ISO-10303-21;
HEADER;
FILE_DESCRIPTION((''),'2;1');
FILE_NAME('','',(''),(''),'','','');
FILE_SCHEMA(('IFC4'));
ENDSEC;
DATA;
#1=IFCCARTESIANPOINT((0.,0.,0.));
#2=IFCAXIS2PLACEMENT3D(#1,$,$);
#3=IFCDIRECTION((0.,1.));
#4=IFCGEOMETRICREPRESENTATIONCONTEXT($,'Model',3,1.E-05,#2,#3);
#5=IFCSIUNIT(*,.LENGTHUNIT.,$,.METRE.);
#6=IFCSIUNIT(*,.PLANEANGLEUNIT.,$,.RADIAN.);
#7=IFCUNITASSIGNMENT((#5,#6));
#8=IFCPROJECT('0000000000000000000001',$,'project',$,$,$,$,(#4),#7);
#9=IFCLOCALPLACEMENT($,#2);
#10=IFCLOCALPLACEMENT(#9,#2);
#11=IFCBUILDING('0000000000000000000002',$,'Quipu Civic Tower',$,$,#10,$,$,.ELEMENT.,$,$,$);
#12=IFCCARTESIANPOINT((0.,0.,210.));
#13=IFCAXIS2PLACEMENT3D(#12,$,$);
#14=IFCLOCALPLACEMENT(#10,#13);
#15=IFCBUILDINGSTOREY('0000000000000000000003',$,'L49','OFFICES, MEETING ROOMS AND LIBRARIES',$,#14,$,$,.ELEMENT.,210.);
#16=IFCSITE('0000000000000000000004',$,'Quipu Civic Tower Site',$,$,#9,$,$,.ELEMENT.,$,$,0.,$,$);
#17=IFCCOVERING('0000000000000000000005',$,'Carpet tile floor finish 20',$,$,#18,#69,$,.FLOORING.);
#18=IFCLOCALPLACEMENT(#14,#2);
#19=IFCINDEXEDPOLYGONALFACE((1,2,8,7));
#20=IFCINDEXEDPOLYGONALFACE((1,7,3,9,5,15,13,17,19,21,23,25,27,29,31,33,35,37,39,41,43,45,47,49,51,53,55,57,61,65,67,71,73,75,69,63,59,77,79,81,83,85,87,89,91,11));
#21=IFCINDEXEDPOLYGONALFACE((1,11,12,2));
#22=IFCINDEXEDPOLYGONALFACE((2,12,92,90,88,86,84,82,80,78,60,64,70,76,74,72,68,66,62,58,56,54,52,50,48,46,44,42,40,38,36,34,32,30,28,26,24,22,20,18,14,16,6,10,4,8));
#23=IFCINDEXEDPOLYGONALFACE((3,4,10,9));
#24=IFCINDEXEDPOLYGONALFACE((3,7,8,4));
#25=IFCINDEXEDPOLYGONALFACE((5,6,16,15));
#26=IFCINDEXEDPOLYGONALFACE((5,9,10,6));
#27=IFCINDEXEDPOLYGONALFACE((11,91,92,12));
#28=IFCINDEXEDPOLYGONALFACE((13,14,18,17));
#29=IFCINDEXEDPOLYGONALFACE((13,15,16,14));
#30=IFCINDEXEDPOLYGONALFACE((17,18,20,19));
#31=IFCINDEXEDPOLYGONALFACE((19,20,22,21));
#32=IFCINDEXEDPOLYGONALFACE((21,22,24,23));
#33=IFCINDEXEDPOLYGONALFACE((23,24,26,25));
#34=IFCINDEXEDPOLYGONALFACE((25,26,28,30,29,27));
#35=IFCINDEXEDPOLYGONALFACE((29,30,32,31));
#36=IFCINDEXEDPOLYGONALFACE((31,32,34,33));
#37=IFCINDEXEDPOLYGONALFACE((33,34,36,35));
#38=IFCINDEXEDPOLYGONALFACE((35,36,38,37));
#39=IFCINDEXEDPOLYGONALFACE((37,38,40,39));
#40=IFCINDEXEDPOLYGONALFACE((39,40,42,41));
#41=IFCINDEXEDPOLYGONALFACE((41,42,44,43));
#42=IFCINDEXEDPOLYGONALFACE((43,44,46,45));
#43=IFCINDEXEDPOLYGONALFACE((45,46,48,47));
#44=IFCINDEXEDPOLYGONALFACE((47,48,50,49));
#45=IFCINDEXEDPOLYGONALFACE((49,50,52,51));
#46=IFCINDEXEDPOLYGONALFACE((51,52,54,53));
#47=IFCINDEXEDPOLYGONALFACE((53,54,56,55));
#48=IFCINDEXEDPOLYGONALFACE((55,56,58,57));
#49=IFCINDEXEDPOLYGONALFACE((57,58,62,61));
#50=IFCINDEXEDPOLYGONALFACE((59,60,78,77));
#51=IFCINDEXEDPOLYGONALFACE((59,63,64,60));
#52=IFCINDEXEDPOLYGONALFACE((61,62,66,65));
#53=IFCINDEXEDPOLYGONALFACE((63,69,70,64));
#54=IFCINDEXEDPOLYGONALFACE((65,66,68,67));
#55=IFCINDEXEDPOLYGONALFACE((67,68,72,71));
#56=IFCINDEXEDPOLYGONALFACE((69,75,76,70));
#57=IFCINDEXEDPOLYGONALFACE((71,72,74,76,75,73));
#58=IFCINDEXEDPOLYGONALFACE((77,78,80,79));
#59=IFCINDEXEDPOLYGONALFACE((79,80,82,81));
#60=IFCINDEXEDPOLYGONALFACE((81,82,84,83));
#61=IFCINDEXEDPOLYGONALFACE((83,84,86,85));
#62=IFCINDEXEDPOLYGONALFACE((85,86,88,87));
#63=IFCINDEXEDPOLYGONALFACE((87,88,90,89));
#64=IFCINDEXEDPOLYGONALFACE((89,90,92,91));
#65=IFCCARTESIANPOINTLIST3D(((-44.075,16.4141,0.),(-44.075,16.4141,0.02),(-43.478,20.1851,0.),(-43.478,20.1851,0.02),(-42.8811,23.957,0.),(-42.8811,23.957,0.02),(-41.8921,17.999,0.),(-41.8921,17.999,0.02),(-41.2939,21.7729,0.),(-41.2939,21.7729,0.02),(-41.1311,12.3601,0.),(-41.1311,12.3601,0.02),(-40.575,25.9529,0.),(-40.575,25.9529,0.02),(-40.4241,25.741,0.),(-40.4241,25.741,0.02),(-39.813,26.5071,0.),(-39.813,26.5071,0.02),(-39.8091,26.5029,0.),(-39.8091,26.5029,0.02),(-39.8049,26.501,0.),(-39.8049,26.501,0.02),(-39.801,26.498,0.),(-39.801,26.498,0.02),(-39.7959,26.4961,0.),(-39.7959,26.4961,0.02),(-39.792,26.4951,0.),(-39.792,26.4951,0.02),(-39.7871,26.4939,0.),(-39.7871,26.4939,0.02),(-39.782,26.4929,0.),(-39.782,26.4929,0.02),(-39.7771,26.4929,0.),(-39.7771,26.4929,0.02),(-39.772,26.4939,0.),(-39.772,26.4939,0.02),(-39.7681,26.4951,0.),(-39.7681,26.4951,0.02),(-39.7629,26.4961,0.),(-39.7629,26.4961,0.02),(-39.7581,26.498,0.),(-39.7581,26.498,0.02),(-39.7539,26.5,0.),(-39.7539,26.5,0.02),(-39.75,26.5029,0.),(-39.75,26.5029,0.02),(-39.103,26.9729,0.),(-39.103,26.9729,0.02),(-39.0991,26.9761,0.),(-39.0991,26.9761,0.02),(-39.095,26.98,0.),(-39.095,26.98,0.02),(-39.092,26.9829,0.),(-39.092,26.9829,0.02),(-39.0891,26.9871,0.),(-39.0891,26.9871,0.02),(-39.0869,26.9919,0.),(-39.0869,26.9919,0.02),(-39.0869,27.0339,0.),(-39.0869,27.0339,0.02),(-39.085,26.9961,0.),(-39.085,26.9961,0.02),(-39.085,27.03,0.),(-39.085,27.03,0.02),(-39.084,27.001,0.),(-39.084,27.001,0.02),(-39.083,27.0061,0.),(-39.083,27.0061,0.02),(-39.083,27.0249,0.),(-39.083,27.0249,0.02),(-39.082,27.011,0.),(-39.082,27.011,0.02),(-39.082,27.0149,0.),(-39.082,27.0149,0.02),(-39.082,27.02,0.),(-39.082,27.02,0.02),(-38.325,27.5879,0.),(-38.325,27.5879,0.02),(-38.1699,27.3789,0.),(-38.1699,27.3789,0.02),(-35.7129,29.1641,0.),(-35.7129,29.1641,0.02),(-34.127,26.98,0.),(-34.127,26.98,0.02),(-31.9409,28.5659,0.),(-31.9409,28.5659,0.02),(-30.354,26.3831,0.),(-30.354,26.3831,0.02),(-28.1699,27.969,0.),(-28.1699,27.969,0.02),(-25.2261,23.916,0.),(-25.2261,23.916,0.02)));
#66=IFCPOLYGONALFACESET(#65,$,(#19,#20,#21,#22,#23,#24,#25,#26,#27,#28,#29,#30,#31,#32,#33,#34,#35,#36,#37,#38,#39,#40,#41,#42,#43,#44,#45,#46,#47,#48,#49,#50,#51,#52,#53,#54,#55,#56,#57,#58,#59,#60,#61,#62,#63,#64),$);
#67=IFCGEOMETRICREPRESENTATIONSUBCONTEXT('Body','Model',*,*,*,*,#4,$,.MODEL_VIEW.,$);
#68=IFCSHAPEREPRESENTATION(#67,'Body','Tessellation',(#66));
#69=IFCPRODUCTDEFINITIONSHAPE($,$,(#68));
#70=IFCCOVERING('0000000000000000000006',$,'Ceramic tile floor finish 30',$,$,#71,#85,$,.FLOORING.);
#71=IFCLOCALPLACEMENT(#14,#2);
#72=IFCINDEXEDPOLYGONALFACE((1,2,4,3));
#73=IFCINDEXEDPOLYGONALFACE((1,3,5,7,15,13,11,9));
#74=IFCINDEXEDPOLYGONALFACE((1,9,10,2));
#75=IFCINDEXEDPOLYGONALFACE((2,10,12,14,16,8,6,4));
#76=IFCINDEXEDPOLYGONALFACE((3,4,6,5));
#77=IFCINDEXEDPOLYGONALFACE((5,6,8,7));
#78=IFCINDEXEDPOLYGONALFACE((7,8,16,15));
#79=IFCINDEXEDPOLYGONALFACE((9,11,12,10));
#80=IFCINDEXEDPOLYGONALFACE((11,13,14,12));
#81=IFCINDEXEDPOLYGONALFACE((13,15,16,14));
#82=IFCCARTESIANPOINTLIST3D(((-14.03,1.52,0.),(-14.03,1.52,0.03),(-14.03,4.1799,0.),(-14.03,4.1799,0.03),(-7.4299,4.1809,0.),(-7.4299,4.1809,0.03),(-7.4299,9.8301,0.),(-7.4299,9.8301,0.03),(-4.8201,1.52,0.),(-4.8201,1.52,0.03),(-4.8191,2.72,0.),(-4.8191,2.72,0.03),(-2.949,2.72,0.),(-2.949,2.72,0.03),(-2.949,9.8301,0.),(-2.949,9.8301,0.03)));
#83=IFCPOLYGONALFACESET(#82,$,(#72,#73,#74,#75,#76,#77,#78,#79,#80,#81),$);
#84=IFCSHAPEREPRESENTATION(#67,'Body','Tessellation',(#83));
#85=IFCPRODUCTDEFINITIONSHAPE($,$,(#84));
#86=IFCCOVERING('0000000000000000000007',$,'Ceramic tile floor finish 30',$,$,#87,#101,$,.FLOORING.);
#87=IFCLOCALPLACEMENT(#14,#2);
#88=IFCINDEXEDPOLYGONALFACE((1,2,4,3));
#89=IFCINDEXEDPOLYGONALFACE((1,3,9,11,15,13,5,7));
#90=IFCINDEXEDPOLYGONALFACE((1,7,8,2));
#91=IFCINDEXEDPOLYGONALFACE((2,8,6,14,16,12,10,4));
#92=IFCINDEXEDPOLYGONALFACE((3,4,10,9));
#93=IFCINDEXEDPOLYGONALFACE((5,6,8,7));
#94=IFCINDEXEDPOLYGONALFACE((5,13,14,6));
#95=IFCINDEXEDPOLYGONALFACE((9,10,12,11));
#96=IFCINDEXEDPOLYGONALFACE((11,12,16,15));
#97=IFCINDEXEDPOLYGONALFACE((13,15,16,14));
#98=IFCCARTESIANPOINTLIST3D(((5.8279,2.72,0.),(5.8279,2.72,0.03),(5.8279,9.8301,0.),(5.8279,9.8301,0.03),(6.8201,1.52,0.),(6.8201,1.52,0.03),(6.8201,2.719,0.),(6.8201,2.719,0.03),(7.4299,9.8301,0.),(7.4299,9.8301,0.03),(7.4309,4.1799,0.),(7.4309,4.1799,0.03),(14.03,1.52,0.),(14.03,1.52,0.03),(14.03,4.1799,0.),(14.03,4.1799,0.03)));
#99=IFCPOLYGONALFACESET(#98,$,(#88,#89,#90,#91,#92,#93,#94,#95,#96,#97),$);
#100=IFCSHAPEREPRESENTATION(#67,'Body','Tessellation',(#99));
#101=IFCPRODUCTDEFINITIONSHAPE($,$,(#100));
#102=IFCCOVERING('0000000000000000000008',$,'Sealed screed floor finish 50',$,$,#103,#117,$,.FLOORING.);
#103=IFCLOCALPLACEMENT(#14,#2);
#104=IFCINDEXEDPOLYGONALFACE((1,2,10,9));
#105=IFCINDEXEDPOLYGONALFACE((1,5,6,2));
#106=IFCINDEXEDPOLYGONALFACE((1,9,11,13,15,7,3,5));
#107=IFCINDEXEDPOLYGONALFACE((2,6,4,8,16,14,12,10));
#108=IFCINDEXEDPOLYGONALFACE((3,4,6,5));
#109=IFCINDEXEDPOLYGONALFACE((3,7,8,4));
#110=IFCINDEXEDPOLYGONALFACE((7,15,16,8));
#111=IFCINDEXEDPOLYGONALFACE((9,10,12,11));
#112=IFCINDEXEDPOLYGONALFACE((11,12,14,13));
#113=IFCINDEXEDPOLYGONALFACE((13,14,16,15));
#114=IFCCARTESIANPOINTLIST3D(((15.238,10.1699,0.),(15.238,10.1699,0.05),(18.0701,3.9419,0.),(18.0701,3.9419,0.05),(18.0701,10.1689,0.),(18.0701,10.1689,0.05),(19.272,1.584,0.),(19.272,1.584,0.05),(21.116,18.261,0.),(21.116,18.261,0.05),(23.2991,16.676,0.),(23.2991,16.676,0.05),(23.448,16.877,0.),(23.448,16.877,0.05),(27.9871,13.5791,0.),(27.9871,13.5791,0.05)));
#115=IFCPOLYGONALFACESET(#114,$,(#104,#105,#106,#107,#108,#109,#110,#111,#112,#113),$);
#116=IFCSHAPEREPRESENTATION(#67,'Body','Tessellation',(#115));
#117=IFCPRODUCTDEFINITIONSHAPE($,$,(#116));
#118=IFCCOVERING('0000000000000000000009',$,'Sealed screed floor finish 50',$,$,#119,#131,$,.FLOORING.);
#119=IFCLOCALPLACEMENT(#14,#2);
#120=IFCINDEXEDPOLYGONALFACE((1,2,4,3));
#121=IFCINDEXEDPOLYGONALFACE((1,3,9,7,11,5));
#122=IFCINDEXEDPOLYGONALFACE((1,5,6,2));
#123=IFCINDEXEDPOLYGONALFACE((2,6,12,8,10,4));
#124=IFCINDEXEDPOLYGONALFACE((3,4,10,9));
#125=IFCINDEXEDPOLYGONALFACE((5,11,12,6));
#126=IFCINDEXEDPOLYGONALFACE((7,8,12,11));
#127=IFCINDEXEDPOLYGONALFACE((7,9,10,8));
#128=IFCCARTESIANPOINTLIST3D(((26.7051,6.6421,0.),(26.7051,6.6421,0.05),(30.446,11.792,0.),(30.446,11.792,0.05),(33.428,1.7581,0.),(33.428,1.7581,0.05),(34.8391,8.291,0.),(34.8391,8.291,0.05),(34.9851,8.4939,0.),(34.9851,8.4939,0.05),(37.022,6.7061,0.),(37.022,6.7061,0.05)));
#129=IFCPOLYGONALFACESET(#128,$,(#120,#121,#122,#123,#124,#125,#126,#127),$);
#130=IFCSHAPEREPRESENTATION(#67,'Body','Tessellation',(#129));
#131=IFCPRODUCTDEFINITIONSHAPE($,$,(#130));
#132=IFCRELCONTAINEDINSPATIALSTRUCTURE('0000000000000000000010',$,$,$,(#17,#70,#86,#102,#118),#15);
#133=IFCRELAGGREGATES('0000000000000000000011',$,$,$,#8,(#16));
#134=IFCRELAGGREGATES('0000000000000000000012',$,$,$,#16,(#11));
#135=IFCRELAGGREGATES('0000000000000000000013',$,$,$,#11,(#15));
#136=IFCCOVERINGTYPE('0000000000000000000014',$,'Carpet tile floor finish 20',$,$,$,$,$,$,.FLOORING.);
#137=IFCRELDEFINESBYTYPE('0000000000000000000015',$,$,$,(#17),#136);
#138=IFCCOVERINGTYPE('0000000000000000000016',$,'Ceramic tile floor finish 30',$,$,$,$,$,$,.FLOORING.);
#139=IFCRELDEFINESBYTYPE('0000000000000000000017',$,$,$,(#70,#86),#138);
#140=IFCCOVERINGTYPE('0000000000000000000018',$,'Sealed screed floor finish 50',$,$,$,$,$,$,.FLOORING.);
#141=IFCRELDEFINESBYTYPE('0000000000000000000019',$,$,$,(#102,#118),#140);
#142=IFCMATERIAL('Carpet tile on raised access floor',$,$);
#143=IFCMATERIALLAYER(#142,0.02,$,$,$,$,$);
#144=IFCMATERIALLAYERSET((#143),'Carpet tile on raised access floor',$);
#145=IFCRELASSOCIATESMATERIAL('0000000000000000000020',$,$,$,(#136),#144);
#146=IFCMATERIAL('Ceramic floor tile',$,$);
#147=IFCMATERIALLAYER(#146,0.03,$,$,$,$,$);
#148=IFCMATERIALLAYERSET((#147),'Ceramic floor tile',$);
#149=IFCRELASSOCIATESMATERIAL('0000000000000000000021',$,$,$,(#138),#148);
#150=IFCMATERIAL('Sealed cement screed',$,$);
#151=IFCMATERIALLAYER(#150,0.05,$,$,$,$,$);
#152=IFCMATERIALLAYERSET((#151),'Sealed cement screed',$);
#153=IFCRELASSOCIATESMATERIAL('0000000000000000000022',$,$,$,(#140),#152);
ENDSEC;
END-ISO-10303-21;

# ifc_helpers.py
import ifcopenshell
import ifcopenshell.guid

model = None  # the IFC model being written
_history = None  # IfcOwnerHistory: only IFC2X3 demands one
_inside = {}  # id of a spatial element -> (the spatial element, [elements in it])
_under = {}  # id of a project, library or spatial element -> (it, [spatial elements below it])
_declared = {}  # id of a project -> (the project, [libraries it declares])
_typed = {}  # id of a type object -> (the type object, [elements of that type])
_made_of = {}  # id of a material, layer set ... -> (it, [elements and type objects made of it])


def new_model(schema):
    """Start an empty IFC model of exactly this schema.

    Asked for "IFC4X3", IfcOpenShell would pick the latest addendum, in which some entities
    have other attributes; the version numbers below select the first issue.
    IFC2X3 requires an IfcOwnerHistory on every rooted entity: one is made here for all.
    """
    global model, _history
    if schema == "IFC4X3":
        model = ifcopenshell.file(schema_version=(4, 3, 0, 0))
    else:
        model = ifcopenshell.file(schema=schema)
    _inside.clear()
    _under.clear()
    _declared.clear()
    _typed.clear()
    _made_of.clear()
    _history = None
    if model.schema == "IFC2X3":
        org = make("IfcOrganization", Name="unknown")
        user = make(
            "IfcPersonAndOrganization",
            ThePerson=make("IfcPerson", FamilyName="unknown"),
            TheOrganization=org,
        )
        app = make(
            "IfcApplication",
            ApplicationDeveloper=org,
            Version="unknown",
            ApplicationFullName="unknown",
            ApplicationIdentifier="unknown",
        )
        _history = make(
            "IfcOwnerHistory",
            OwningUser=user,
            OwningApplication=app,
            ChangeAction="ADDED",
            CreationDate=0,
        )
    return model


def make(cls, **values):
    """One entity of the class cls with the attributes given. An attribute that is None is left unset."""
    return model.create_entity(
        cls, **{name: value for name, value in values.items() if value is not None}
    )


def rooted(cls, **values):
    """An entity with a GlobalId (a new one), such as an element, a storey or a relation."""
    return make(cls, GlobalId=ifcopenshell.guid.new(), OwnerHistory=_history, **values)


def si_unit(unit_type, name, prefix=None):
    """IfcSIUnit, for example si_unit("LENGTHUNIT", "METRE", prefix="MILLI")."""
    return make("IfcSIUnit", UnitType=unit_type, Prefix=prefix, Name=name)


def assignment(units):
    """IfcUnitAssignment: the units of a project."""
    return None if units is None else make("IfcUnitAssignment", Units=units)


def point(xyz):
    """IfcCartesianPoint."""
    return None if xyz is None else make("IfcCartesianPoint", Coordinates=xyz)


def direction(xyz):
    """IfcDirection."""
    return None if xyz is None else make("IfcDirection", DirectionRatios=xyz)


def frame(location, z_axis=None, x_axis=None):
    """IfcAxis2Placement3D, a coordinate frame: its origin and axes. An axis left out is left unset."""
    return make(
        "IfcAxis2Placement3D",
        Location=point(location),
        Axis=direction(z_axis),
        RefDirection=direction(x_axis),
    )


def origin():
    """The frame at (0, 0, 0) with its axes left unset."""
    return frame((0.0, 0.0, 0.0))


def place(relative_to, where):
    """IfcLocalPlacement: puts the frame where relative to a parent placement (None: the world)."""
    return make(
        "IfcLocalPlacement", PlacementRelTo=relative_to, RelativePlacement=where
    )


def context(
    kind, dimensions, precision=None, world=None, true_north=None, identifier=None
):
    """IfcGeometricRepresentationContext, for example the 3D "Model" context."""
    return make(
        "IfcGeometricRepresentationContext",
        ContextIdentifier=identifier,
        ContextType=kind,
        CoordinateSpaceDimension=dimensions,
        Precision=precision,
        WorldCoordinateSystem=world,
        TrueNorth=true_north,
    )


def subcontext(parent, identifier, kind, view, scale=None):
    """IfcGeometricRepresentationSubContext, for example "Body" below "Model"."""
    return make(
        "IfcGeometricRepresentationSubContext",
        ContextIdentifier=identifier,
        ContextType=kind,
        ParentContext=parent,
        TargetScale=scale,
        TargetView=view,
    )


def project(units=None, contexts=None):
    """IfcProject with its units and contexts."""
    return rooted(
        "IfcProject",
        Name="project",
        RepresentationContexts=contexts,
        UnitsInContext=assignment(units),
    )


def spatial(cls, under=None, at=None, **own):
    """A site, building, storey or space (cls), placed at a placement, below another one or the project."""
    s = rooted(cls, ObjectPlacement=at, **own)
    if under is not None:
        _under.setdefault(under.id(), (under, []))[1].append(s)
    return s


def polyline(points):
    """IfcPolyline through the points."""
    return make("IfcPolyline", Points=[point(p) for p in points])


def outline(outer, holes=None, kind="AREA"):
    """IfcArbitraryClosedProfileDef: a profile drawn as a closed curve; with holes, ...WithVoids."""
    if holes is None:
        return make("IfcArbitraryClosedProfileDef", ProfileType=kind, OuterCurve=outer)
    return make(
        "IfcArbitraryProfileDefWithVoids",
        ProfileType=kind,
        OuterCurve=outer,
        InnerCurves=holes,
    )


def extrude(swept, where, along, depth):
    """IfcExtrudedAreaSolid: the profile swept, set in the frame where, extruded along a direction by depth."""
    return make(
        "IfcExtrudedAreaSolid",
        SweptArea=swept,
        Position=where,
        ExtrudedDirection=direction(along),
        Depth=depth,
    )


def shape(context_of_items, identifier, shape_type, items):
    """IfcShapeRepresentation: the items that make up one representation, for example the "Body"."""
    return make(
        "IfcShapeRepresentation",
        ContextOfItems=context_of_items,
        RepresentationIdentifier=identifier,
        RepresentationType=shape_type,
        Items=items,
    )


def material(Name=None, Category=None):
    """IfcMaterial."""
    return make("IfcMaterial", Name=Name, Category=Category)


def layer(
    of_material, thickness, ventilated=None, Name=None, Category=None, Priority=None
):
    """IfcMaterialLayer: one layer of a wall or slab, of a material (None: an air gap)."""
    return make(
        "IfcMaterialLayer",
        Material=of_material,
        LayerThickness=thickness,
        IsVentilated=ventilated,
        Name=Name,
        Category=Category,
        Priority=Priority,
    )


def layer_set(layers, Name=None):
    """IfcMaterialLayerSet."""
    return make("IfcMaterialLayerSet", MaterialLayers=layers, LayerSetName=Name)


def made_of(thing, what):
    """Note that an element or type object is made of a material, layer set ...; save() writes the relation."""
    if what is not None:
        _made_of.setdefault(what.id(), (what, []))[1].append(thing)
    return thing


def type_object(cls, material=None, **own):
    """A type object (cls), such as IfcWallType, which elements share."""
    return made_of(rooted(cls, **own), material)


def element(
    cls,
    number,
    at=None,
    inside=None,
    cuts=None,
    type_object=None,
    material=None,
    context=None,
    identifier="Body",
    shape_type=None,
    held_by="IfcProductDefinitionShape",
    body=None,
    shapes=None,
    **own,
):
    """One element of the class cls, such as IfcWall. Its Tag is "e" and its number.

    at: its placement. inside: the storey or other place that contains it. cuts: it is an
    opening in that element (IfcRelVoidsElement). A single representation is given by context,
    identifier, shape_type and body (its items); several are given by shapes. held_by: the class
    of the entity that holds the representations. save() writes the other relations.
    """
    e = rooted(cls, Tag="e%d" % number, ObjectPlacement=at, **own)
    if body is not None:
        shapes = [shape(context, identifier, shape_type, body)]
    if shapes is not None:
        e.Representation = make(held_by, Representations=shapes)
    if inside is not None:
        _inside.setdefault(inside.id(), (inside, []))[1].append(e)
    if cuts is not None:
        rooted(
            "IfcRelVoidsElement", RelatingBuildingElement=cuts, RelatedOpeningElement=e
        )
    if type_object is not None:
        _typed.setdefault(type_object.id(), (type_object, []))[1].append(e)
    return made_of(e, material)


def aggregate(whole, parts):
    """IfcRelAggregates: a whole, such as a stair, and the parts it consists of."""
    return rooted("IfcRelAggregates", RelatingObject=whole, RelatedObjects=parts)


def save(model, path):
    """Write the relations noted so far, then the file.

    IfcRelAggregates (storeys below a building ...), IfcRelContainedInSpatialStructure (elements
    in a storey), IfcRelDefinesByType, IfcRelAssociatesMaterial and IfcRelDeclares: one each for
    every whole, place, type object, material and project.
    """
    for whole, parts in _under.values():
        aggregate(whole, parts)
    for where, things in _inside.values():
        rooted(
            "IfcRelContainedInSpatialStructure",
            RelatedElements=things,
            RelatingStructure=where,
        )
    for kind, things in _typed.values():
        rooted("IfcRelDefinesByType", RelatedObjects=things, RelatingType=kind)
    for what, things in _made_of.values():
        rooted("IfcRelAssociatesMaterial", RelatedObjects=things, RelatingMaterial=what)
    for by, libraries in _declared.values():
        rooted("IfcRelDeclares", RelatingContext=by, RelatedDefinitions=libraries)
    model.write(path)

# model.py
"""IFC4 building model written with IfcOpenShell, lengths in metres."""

from ifc_helpers import new_model, si_unit, direction, frame, origin, place, context, subcontext, project, spatial, polyline, outline, extrude, material, layer, layer_set, type_object, element, save


model = new_model("IFC4")

# Units and contexts
model_context = context("Model", 3, precision=1e-05, world=origin(), true_north=direction((0.0, 1.0)))
body_context = subcontext(model_context, "Body", "Model", "MODEL_VIEW")
ifc_project = project(units=[si_unit("LENGTHUNIT", "METRE"), si_unit("PLANEANGLEUNIT", "RADIAN")], contexts=[model_context])

# Site, building, storey
site_placement = place(None, origin())
site = spatial("IfcSite", under=ifc_project, at=site_placement, Name="Quipu Civic Tower Site", CompositionType="ELEMENT", RefElevation=0.0)
building_placement = place(site_placement, origin())
building = spatial("IfcBuilding", under=site, at=building_placement, Name="Quipu Civic Tower", CompositionType="ELEMENT")
storey_placement = place(building_placement, frame((0.0, 0.0, 210.0)))
storey = spatial("IfcBuildingStorey", under=building, at=storey_placement, Name="L49", Description="OFFICES, MEETING ROOMS AND LIBRARIES", CompositionType="ELEMENT", Elevation=210.0)

# Coverings
ifc_material_1 = material(Name="Carpet tile on raised access floor")
ifc_layer_1 = layer(ifc_material_1, 0.02)
ifc_layer_set_1 = layer_set([ifc_layer_1], Name="Carpet tile on raised access floor")
covering_type_1 = type_object("IfcCoveringType", Name="Carpet tile floor finish 20", PredefinedType="FLOORING", material=ifc_layer_set_1)
covering_1_placement = place(storey_placement, origin())
element("IfcCovering", 1, at=covering_1_placement, inside=storey, type_object=covering_type_1, Name="Carpet tile floor finish 20", PredefinedType="FLOORING", context=body_context, shape_type="SweptSolid", body=[
    extrude(outline(polyline([(-44.075, 16.4141), (-41.8921, 17.999), (-43.478, 20.1851), (-41.2939, 21.7729), (-42.8811, 23.957), (-40.4241, 25.741), (-40.575, 25.9529), (-39.813, 26.5071), (-39.8091, 26.5029), (-39.8049, 26.501), (-39.801, 26.498), (-39.7959, 26.4961), (-39.792, 26.4951), (-39.7871, 26.4939), (-39.782, 26.4929), (-39.7771, 26.4929), (-39.772, 26.4939), (-39.7681, 26.4951), (-39.7629, 26.4961), (-39.7581, 26.498), (-39.7539, 26.5), (-39.75, 26.5029), (-39.103, 26.9729), (-39.0991, 26.9761), (-39.095, 26.98), (-39.092, 26.9829), (-39.0891, 26.9871), (-39.0869, 26.9919), (-39.085, 26.9961), (-39.084, 27.001), (-39.083, 27.0061), (-39.082, 27.011), (-39.082, 27.0149), (-39.082, 27.02), (-39.083, 27.0249), (-39.085, 27.03), (-39.0869, 27.0339), (-38.325, 27.5879), (-38.1699, 27.3789), (-35.7129, 29.1641), (-34.127, 26.98), (-31.9409, 28.5659), (-30.354, 26.3831), (-28.1699, 27.969), (-25.2261, 23.916), (-41.1311, 12.3601), (-44.075, 16.4141)])), origin(), (0.0, 0.0, 1.0), 0.02),
])
ifc_material_2 = material(Name="Ceramic floor tile")
ifc_layer_2 = layer(ifc_material_2, 0.03)
ifc_layer_set_2 = layer_set([ifc_layer_2], Name="Ceramic floor tile")
covering_type_2 = type_object("IfcCoveringType", Name="Ceramic tile floor finish 30", PredefinedType="FLOORING", material=ifc_layer_set_2)
covering_2_placement = place(storey_placement, origin())
element("IfcCovering", 2, at=covering_2_placement, inside=storey, type_object=covering_type_2, Name="Ceramic tile floor finish 30", PredefinedType="FLOORING", context=body_context, shape_type="SweptSolid", body=[
    extrude(outline(polyline([(-14.03, 1.52), (-14.03, 4.1799), (-7.4299, 4.1809), (-7.4299, 9.8301), (-2.949, 9.8301), (-2.949, 2.72), (-4.8191, 2.72), (-4.8201, 1.52), (-14.03, 1.52)])), origin(), (0.0, 0.0, 1.0), 0.03),
])
covering_3_placement = place(storey_placement, origin())
element("IfcCovering", 3, at=covering_3_placement, inside=storey, type_object=covering_type_2, Name="Ceramic tile floor finish 30", PredefinedType="FLOORING", context=body_context, shape_type="SweptSolid", body=[
    extrude(outline(polyline([(5.8279, 2.72), (5.8279, 9.8301), (7.4299, 9.8301), (7.4309, 4.1799), (14.03, 4.1799), (14.03, 1.52), (6.8201, 1.52), (6.8201, 2.719), (5.8279, 2.72)])), origin(), (0.0, 0.0, 1.0), 0.03),
])
ifc_material_3 = material(Name="Sealed cement screed")
ifc_layer_3 = layer(ifc_material_3, 0.05)
ifc_layer_set_3 = layer_set([ifc_layer_3], Name="Sealed cement screed")
covering_type_3 = type_object("IfcCoveringType", Name="Sealed screed floor finish 50", PredefinedType="FLOORING", material=ifc_layer_set_3)
covering_4_placement = place(storey_placement, origin())
element("IfcCovering", 4, at=covering_4_placement, inside=storey, type_object=covering_type_3, Name="Sealed screed floor finish 50", PredefinedType="FLOORING", context=body_context, shape_type="SweptSolid", body=[
    extrude(outline(polyline([(15.238, 10.1699), (21.116, 18.261), (23.2991, 16.676), (23.448, 16.877), (27.9871, 13.5791), (19.272, 1.584), (18.0701, 3.9419), (18.0701, 10.1689), (15.238, 10.1699)])), origin(), (0.0, 0.0, 1.0), 0.05),
])
covering_5_placement = place(storey_placement, origin())
element("IfcCovering", 5, at=covering_5_placement, inside=storey, type_object=covering_type_3, Name="Sealed screed floor finish 50", PredefinedType="FLOORING", context=body_context, shape_type="SweptSolid", body=[
    extrude(outline(polyline([(26.7051, 6.6421), (30.446, 11.792), (34.9851, 8.4939), (34.8391, 8.291), (37.022, 6.7061), (33.428, 1.7581), (26.7051, 6.6421)])), origin(), (0.0, 0.0, 1.0), 0.05),
])

save(model, "model.ifc")
